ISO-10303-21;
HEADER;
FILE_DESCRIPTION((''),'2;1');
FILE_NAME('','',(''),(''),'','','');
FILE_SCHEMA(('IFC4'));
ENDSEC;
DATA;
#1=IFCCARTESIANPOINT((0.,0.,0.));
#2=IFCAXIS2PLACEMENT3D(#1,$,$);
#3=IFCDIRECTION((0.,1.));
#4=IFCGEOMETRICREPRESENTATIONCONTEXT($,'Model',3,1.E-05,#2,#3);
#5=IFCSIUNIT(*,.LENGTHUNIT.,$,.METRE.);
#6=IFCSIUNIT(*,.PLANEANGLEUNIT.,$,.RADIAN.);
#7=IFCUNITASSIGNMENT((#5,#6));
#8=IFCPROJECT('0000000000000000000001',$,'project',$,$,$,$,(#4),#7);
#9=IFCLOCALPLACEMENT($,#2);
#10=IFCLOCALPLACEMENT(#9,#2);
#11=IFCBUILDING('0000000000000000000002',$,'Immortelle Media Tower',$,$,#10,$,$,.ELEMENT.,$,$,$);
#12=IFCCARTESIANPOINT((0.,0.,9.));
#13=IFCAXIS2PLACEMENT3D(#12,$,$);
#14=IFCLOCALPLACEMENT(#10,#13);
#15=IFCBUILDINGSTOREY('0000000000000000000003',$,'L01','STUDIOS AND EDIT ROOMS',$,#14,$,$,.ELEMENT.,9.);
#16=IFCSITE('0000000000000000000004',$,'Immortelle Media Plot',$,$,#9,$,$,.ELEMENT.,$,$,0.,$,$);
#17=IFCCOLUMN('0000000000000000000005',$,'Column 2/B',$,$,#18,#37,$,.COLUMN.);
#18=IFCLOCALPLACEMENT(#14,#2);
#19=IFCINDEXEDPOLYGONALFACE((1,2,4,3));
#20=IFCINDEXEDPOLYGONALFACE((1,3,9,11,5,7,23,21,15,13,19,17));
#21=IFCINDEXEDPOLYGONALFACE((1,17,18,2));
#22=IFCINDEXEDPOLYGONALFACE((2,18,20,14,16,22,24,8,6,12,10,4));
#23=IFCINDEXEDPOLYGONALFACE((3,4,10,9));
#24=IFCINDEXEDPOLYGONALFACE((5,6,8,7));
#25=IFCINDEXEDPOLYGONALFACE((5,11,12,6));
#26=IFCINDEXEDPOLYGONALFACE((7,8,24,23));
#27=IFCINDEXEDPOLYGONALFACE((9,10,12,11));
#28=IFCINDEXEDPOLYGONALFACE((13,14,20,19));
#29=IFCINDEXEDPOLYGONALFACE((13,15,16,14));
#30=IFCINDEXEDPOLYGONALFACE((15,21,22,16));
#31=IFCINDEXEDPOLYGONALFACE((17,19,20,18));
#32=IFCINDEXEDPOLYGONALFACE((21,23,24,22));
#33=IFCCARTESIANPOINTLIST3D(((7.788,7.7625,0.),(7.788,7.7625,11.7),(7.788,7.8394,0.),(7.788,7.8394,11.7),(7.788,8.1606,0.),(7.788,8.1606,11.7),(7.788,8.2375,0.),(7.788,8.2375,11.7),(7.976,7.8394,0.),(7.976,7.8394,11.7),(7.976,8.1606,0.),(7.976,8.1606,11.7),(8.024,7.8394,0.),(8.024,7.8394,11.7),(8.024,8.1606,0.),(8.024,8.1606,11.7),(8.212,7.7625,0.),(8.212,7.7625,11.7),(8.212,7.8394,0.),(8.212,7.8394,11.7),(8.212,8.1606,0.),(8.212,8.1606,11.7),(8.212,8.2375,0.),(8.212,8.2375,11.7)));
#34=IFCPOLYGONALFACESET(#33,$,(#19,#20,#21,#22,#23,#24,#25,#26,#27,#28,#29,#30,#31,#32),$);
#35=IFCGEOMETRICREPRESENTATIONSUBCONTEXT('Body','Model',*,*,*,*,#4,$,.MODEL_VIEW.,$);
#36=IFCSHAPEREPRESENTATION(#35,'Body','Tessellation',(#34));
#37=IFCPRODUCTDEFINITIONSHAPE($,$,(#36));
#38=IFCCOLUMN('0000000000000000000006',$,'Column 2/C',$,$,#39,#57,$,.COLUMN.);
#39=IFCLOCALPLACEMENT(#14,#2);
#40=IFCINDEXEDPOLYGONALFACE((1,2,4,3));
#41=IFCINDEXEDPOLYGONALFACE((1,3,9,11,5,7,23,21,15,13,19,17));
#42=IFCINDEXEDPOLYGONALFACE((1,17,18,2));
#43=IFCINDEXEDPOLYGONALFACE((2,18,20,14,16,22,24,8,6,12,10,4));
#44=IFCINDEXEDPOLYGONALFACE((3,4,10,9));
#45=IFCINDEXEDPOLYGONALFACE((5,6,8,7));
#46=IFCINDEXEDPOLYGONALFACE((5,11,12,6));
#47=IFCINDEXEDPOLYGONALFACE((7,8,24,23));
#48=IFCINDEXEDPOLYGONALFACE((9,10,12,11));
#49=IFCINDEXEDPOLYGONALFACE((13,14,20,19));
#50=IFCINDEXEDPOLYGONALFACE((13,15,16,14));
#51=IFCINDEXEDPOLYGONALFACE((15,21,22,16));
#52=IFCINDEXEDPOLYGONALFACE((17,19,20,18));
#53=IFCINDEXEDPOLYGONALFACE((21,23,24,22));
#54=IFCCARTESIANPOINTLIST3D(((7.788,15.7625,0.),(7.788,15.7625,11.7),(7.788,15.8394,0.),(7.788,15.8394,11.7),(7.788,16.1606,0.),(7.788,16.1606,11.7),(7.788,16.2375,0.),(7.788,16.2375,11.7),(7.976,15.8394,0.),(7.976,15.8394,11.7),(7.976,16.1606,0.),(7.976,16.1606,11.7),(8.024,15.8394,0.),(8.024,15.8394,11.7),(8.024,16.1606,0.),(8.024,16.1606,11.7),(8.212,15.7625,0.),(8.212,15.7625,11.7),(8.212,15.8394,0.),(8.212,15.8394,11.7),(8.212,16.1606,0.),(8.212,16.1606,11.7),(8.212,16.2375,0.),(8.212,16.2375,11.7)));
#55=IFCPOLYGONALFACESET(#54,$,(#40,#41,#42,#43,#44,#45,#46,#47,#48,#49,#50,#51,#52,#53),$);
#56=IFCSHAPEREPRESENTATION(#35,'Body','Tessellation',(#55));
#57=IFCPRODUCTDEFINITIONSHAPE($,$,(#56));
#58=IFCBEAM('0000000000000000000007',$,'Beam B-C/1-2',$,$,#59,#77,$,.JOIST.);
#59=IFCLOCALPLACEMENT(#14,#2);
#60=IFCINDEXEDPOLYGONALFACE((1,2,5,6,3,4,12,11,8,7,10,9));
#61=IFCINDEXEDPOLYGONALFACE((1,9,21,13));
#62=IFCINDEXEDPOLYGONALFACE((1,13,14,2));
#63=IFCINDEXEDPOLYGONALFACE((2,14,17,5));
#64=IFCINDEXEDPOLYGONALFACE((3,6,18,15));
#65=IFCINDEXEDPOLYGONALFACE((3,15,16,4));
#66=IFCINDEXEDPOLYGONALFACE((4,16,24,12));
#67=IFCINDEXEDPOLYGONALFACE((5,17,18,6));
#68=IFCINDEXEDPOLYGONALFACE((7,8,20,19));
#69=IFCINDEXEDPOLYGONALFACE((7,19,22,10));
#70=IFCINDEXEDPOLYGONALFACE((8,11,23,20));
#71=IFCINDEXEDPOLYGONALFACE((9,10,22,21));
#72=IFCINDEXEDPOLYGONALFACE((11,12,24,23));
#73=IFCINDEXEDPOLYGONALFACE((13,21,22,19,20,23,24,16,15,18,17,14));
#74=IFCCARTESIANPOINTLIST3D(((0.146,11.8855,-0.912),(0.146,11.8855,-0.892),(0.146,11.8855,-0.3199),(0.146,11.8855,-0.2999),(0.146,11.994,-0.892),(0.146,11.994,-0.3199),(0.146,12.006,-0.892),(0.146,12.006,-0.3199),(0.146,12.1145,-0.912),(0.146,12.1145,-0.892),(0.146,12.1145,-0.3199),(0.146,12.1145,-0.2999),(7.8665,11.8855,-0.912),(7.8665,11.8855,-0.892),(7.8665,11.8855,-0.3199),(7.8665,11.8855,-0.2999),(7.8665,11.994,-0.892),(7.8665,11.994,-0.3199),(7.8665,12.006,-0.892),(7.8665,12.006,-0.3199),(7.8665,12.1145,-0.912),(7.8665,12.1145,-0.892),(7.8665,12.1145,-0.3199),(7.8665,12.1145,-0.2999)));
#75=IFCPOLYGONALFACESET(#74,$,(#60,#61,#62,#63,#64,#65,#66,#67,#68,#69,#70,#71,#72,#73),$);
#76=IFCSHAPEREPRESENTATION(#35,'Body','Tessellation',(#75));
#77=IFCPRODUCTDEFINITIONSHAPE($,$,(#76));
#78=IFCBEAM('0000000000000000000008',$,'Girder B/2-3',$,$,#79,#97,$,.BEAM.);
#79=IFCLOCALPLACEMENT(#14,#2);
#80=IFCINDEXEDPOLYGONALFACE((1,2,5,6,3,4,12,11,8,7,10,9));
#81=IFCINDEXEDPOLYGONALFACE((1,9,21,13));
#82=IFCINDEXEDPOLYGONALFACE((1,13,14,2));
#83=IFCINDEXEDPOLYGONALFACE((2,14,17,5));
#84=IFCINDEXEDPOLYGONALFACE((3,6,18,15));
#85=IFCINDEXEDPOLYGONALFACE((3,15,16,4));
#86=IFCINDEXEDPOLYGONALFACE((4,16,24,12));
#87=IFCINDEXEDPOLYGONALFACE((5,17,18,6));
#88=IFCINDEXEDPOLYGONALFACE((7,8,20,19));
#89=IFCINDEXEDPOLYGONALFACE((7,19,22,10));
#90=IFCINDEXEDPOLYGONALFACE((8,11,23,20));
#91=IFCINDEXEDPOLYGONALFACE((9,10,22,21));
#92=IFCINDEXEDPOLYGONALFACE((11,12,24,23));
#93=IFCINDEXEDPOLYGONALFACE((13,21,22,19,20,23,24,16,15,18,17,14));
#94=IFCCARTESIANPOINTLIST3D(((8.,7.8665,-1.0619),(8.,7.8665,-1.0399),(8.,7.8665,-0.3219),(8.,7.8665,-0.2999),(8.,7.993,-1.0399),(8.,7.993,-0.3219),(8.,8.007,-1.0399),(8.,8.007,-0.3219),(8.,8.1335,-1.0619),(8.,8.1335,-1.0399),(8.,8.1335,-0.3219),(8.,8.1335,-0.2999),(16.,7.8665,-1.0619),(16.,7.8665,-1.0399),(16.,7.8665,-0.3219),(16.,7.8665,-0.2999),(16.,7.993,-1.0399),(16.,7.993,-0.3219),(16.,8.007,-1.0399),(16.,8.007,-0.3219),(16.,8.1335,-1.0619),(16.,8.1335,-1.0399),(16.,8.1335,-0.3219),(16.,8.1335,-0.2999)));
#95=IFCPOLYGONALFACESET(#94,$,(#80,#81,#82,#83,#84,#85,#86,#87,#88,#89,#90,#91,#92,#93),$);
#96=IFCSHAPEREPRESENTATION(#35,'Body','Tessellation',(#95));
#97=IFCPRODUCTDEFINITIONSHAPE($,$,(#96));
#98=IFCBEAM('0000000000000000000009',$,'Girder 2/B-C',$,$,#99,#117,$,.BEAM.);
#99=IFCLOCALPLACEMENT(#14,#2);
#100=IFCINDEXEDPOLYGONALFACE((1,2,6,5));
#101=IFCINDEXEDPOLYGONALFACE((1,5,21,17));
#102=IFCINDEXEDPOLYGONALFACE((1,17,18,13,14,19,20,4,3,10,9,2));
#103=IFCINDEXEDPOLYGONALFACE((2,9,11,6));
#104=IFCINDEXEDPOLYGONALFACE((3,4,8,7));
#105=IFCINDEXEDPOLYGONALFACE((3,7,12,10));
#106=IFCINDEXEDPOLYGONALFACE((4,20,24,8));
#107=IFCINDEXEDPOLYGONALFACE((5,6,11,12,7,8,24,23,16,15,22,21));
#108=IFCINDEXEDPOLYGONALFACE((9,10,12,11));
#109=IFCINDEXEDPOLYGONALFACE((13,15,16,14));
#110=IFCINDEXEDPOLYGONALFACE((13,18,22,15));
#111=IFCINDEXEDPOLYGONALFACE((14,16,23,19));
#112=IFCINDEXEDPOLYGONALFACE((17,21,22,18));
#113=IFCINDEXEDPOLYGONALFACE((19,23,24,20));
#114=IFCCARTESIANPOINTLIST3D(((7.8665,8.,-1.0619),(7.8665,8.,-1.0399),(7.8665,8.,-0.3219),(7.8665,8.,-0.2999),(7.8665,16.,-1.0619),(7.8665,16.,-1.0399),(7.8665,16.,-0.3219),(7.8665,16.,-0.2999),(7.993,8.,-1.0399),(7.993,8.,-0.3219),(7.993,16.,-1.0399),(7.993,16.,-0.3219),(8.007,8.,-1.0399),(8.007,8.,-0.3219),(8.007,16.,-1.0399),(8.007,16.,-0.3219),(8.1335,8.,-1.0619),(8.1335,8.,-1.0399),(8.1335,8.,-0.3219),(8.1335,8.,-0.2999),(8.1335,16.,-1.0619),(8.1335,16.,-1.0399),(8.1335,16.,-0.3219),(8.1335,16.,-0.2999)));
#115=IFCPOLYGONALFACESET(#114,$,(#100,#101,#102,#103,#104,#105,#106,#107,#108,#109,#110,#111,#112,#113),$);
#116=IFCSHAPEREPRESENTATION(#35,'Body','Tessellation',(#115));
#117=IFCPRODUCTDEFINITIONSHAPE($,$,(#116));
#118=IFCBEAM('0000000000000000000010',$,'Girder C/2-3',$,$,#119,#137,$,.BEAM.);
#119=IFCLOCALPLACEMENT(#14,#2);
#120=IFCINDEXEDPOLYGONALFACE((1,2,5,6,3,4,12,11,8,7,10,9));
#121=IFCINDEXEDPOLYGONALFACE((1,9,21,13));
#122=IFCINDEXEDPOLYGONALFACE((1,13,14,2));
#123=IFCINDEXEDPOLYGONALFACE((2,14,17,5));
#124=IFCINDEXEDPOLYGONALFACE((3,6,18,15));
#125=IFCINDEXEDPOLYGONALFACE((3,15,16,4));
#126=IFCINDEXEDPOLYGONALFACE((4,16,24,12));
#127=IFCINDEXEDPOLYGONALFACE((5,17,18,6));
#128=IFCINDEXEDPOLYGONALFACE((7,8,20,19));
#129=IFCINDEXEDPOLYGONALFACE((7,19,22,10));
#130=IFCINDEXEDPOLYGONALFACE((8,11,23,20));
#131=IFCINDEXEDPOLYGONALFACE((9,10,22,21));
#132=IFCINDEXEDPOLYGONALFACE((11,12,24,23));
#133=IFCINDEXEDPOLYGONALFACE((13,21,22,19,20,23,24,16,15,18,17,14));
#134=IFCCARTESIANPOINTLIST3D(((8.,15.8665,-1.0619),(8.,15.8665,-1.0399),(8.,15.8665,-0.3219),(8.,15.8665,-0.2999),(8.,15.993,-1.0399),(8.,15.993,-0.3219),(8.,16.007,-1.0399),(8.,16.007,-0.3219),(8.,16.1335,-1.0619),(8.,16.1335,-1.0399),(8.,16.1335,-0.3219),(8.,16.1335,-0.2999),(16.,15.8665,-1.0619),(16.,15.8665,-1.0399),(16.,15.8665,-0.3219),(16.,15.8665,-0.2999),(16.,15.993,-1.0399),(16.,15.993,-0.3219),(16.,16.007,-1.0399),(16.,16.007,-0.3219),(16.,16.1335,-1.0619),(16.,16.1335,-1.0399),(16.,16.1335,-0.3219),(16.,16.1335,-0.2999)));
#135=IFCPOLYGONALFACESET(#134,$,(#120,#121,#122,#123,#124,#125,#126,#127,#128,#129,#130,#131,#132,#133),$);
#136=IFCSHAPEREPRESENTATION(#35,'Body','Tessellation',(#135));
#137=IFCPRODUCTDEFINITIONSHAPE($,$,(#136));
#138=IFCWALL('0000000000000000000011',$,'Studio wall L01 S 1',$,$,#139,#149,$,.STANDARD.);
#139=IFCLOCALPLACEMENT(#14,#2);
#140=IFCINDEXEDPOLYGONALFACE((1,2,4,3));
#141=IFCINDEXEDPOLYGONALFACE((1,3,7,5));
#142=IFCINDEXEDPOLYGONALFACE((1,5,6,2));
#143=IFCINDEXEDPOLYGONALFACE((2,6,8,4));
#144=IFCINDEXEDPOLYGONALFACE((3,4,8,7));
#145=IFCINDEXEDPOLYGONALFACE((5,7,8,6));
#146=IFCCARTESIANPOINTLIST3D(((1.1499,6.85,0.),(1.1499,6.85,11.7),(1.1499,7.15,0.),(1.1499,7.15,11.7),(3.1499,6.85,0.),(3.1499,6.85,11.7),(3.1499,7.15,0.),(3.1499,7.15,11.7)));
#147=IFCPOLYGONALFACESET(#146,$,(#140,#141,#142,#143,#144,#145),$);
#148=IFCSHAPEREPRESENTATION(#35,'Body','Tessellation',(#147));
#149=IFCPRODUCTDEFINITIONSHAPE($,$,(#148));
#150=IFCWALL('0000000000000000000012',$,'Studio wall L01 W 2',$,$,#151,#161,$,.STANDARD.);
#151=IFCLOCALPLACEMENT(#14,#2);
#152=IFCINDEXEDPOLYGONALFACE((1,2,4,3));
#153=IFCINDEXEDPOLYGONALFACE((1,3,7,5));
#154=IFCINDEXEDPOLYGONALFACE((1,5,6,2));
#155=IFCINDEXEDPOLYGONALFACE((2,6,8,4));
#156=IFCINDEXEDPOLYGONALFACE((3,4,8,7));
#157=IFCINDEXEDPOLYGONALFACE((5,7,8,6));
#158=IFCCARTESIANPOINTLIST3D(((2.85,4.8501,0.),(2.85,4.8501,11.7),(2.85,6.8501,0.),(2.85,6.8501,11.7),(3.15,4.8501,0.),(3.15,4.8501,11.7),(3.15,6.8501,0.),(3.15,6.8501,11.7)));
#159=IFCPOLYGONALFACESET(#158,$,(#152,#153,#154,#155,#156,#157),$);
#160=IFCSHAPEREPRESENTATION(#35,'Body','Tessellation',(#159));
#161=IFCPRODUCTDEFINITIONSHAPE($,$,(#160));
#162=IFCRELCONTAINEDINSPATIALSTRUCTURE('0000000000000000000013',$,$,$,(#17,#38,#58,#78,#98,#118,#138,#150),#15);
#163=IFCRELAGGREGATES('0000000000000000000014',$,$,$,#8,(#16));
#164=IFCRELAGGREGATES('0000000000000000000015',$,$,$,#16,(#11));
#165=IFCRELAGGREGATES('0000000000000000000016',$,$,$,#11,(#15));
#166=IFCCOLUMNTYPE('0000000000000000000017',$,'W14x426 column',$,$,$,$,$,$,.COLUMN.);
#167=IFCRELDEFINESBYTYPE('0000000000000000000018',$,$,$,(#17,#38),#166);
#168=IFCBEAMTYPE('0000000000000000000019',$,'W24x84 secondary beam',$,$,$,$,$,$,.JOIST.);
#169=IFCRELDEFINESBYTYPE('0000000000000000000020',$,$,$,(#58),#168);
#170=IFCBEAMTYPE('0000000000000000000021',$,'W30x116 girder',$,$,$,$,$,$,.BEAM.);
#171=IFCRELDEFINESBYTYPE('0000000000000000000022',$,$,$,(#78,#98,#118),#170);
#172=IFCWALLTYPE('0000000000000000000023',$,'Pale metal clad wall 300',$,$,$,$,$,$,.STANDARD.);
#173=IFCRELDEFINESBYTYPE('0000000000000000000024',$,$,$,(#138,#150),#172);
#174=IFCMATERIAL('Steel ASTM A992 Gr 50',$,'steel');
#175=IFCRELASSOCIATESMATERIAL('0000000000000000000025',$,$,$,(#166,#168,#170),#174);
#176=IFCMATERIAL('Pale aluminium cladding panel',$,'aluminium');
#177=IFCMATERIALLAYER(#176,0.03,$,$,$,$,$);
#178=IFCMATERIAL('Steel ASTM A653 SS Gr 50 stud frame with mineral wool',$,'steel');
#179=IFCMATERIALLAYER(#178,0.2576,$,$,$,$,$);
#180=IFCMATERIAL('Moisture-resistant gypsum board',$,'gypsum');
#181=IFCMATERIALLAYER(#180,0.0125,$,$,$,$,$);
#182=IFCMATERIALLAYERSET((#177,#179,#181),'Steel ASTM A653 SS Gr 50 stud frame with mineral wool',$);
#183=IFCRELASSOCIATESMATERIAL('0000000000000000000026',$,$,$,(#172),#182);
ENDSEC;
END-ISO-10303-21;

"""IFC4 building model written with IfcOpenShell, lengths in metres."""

from ifc_helpers import new_model, si_unit, direction, frame, frame_2d, origin, origin_2d, place, context, subcontext, project, spatial, rectangle, i_section, extrude, material, layer, layer_set, material_profile, profile_set, type_object, element, save


model = new_model("IFC4")

# Units and contexts
model_context = context("Model", 3, precision=1e-05, world=origin(), true_north=direction((0.0, 1.0)))
body_context = subcontext(model_context, "Body", "Model", "MODEL_VIEW")
ifc_project = project(units=[si_unit("LENGTHUNIT", "METRE"), si_unit("PLANEANGLEUNIT", "RADIAN")], contexts=[model_context])

# Site, building, storey
site_placement = place(None, origin())
site = spatial("IfcSite", under=ifc_project, at=site_placement, Name="Immortelle Media Plot", CompositionType="ELEMENT", RefElevation=0.0)
building_placement = place(site_placement, origin())
building = spatial("IfcBuilding", under=site, at=building_placement, Name="Immortelle Media Tower", CompositionType="ELEMENT")
storey_placement = place(building_placement, frame((0.0, 0.0, 9.0)))
storey = spatial("IfcBuildingStorey", under=building, at=storey_placement, Name="L01", Description="STUDIOS AND EDIT ROOMS", CompositionType="ELEMENT", Elevation=9.0)

# Columns
ifc_material_1 = material(Name="Steel ASTM A992 Gr 50", Category="steel")
ifc_material_profile_1 = material_profile(ifc_material_1, i_section(OverallWidth=0.4241, OverallDepth=0.4751, WebThickness=0.0481, FlangeThickness=0.0769, at=origin_2d()), Name="W14x426")
ifc_profile_set_1 = profile_set([ifc_material_profile_1], Name="Steel ASTM A992 Gr 50")
column_type = type_object("IfcColumnType", Name="W14x426 column", PredefinedType="COLUMN", material=ifc_profile_set_1)
for number, where, z_axis, x_axis, name in (
    (1, (8.0, 8.0, 0.0), (0.0, 0.0, 1.0), (1.0, 0.0, 0.0), "Column 2/B"),
    (2, (8.0, 16.0, 0.0), (0.0, 0.0, 1.0), (1.0, 0.0, 0.0), "Column 2/C"),
):
    element("IfcColumn", number, at=place(storey_placement, frame(where, z_axis=z_axis, x_axis=x_axis)), inside=storey, type_object=column_type, Name=name, PredefinedType="COLUMN", context=body_context, shape_type="SweptSolid", body=[
        extrude(i_section(OverallWidth=0.4241, OverallDepth=0.4751, WebThickness=0.0481, FlangeThickness=0.0769, at=origin_2d()), origin(), (0.0, 0.0, 1.0), 11.7),
    ])

# Beams
ifc_material_profile_2 = material_profile(ifc_material_1, i_section(OverallWidth=0.229, OverallDepth=0.6121, WebThickness=0.012, FlangeThickness=0.02, at=origin_2d()), Name="W24x84")
ifc_profile_set_2 = profile_set([ifc_material_profile_2], Name="Steel ASTM A992 Gr 50")
beam_type_1 = type_object("IfcBeamType", Name="W24x84 secondary beam", PredefinedType="JOIST", material=ifc_profile_set_2)
beam_placement = place(storey_placement, frame((0.146, 12.0, -0.606), z_axis=(1.0, 0.0, 0.0), x_axis=(0.0, 1.0, 0.0)))
element("IfcBeam", 3, at=beam_placement, inside=storey, type_object=beam_type_1, Name="Beam B-C/1-2", PredefinedType="JOIST", context=body_context, shape_type="SweptSolid", body=[
    extrude(i_section(OverallWidth=0.229, OverallDepth=0.6121, WebThickness=0.012, FlangeThickness=0.02, at=origin_2d()), origin(), (0.0, 0.0, 1.0), 7.7205),
])
ifc_material_profile_3 = material_profile(ifc_material_1, i_section(OverallWidth=0.2671, OverallDepth=0.762, WebThickness=0.0139, FlangeThickness=0.022, at=origin_2d()), Name="W30x116")
ifc_profile_set_3 = profile_set([ifc_material_profile_3], Name="Steel ASTM A992 Gr 50")
beam_type_2 = type_object("IfcBeamType", Name="W30x116 girder", PredefinedType="BEAM", material=ifc_profile_set_3)
for number, where, z_axis, x_axis, name in (
    (4, (8.0, 8.0, -0.6809), (1.0, 0.0, 0.0), (0.0, 1.0, 0.0), "Girder B/2-3"),
    (5, (8.0, 8.0, -0.6809), (0.0, 1.0, 0.0), (-1.0, 0.0, 0.0), "Girder 2/B-C"),
    (6, (8.0, 16.0, -0.6809), (1.0, 0.0, 0.0), (0.0, 1.0, 0.0), "Girder C/2-3"),
):
    element("IfcBeam", number, at=place(storey_placement, frame(where, z_axis=z_axis, x_axis=x_axis)), inside=storey, type_object=beam_type_2, Name=name, PredefinedType="BEAM", context=body_context, shape_type="SweptSolid", body=[
        extrude(i_section(OverallWidth=0.2671, OverallDepth=0.762, WebThickness=0.0139, FlangeThickness=0.022, at=origin_2d()), origin(), (0.0, 0.0, 1.0), 8.0),
    ])

# Walls
ifc_material_2 = material(Name="Pale aluminium cladding panel", Category="aluminium")
ifc_layer_1 = layer(ifc_material_2, 0.03)
ifc_material_3 = material(Name="Steel ASTM A653 SS Gr 50 stud frame with mineral wool", Category="steel")
ifc_layer_2 = layer(ifc_material_3, 0.2576)
ifc_material_4 = material(Name="Moisture-resistant gypsum board", Category="gypsum")
ifc_layer_3 = layer(ifc_material_4, 0.0125)
ifc_layer_set_1 = layer_set([ifc_layer_1, ifc_layer_2, ifc_layer_3], Name="Steel ASTM A653 SS Gr 50 stud frame with mineral wool")
wall_type_1 = type_object("IfcWallType", Name="Pale metal clad wall 300", PredefinedType="STANDARD", material=ifc_layer_set_1)
for number, where, z_axis, x_axis, name in (
    (7, (1.1499, 7.0, 0.0), (0.0, 0.0, 1.0), (1.0, 0.0, 0.0), "Studio wall L01 S 1"),
    (8, (3.0, 6.8501, 0.0), (0.0, 0.0, 1.0), (0.0, -1.0, 0.0), "Studio wall L01 W 2"),
):
    element("IfcWall", number, at=place(storey_placement, frame(where, z_axis=z_axis, x_axis=x_axis)), inside=storey, type_object=wall_type_1, Name=name, PredefinedType="STANDARD", context=body_context, shape_type="SweptSolid", body=[
        extrude(rectangle(XDim=2.0, YDim=0.3, at=frame_2d((1.0, 0.0))), origin(), (0.0, 0.0, 1.0), 11.7),
    ])

save(model, "model.ifc")
